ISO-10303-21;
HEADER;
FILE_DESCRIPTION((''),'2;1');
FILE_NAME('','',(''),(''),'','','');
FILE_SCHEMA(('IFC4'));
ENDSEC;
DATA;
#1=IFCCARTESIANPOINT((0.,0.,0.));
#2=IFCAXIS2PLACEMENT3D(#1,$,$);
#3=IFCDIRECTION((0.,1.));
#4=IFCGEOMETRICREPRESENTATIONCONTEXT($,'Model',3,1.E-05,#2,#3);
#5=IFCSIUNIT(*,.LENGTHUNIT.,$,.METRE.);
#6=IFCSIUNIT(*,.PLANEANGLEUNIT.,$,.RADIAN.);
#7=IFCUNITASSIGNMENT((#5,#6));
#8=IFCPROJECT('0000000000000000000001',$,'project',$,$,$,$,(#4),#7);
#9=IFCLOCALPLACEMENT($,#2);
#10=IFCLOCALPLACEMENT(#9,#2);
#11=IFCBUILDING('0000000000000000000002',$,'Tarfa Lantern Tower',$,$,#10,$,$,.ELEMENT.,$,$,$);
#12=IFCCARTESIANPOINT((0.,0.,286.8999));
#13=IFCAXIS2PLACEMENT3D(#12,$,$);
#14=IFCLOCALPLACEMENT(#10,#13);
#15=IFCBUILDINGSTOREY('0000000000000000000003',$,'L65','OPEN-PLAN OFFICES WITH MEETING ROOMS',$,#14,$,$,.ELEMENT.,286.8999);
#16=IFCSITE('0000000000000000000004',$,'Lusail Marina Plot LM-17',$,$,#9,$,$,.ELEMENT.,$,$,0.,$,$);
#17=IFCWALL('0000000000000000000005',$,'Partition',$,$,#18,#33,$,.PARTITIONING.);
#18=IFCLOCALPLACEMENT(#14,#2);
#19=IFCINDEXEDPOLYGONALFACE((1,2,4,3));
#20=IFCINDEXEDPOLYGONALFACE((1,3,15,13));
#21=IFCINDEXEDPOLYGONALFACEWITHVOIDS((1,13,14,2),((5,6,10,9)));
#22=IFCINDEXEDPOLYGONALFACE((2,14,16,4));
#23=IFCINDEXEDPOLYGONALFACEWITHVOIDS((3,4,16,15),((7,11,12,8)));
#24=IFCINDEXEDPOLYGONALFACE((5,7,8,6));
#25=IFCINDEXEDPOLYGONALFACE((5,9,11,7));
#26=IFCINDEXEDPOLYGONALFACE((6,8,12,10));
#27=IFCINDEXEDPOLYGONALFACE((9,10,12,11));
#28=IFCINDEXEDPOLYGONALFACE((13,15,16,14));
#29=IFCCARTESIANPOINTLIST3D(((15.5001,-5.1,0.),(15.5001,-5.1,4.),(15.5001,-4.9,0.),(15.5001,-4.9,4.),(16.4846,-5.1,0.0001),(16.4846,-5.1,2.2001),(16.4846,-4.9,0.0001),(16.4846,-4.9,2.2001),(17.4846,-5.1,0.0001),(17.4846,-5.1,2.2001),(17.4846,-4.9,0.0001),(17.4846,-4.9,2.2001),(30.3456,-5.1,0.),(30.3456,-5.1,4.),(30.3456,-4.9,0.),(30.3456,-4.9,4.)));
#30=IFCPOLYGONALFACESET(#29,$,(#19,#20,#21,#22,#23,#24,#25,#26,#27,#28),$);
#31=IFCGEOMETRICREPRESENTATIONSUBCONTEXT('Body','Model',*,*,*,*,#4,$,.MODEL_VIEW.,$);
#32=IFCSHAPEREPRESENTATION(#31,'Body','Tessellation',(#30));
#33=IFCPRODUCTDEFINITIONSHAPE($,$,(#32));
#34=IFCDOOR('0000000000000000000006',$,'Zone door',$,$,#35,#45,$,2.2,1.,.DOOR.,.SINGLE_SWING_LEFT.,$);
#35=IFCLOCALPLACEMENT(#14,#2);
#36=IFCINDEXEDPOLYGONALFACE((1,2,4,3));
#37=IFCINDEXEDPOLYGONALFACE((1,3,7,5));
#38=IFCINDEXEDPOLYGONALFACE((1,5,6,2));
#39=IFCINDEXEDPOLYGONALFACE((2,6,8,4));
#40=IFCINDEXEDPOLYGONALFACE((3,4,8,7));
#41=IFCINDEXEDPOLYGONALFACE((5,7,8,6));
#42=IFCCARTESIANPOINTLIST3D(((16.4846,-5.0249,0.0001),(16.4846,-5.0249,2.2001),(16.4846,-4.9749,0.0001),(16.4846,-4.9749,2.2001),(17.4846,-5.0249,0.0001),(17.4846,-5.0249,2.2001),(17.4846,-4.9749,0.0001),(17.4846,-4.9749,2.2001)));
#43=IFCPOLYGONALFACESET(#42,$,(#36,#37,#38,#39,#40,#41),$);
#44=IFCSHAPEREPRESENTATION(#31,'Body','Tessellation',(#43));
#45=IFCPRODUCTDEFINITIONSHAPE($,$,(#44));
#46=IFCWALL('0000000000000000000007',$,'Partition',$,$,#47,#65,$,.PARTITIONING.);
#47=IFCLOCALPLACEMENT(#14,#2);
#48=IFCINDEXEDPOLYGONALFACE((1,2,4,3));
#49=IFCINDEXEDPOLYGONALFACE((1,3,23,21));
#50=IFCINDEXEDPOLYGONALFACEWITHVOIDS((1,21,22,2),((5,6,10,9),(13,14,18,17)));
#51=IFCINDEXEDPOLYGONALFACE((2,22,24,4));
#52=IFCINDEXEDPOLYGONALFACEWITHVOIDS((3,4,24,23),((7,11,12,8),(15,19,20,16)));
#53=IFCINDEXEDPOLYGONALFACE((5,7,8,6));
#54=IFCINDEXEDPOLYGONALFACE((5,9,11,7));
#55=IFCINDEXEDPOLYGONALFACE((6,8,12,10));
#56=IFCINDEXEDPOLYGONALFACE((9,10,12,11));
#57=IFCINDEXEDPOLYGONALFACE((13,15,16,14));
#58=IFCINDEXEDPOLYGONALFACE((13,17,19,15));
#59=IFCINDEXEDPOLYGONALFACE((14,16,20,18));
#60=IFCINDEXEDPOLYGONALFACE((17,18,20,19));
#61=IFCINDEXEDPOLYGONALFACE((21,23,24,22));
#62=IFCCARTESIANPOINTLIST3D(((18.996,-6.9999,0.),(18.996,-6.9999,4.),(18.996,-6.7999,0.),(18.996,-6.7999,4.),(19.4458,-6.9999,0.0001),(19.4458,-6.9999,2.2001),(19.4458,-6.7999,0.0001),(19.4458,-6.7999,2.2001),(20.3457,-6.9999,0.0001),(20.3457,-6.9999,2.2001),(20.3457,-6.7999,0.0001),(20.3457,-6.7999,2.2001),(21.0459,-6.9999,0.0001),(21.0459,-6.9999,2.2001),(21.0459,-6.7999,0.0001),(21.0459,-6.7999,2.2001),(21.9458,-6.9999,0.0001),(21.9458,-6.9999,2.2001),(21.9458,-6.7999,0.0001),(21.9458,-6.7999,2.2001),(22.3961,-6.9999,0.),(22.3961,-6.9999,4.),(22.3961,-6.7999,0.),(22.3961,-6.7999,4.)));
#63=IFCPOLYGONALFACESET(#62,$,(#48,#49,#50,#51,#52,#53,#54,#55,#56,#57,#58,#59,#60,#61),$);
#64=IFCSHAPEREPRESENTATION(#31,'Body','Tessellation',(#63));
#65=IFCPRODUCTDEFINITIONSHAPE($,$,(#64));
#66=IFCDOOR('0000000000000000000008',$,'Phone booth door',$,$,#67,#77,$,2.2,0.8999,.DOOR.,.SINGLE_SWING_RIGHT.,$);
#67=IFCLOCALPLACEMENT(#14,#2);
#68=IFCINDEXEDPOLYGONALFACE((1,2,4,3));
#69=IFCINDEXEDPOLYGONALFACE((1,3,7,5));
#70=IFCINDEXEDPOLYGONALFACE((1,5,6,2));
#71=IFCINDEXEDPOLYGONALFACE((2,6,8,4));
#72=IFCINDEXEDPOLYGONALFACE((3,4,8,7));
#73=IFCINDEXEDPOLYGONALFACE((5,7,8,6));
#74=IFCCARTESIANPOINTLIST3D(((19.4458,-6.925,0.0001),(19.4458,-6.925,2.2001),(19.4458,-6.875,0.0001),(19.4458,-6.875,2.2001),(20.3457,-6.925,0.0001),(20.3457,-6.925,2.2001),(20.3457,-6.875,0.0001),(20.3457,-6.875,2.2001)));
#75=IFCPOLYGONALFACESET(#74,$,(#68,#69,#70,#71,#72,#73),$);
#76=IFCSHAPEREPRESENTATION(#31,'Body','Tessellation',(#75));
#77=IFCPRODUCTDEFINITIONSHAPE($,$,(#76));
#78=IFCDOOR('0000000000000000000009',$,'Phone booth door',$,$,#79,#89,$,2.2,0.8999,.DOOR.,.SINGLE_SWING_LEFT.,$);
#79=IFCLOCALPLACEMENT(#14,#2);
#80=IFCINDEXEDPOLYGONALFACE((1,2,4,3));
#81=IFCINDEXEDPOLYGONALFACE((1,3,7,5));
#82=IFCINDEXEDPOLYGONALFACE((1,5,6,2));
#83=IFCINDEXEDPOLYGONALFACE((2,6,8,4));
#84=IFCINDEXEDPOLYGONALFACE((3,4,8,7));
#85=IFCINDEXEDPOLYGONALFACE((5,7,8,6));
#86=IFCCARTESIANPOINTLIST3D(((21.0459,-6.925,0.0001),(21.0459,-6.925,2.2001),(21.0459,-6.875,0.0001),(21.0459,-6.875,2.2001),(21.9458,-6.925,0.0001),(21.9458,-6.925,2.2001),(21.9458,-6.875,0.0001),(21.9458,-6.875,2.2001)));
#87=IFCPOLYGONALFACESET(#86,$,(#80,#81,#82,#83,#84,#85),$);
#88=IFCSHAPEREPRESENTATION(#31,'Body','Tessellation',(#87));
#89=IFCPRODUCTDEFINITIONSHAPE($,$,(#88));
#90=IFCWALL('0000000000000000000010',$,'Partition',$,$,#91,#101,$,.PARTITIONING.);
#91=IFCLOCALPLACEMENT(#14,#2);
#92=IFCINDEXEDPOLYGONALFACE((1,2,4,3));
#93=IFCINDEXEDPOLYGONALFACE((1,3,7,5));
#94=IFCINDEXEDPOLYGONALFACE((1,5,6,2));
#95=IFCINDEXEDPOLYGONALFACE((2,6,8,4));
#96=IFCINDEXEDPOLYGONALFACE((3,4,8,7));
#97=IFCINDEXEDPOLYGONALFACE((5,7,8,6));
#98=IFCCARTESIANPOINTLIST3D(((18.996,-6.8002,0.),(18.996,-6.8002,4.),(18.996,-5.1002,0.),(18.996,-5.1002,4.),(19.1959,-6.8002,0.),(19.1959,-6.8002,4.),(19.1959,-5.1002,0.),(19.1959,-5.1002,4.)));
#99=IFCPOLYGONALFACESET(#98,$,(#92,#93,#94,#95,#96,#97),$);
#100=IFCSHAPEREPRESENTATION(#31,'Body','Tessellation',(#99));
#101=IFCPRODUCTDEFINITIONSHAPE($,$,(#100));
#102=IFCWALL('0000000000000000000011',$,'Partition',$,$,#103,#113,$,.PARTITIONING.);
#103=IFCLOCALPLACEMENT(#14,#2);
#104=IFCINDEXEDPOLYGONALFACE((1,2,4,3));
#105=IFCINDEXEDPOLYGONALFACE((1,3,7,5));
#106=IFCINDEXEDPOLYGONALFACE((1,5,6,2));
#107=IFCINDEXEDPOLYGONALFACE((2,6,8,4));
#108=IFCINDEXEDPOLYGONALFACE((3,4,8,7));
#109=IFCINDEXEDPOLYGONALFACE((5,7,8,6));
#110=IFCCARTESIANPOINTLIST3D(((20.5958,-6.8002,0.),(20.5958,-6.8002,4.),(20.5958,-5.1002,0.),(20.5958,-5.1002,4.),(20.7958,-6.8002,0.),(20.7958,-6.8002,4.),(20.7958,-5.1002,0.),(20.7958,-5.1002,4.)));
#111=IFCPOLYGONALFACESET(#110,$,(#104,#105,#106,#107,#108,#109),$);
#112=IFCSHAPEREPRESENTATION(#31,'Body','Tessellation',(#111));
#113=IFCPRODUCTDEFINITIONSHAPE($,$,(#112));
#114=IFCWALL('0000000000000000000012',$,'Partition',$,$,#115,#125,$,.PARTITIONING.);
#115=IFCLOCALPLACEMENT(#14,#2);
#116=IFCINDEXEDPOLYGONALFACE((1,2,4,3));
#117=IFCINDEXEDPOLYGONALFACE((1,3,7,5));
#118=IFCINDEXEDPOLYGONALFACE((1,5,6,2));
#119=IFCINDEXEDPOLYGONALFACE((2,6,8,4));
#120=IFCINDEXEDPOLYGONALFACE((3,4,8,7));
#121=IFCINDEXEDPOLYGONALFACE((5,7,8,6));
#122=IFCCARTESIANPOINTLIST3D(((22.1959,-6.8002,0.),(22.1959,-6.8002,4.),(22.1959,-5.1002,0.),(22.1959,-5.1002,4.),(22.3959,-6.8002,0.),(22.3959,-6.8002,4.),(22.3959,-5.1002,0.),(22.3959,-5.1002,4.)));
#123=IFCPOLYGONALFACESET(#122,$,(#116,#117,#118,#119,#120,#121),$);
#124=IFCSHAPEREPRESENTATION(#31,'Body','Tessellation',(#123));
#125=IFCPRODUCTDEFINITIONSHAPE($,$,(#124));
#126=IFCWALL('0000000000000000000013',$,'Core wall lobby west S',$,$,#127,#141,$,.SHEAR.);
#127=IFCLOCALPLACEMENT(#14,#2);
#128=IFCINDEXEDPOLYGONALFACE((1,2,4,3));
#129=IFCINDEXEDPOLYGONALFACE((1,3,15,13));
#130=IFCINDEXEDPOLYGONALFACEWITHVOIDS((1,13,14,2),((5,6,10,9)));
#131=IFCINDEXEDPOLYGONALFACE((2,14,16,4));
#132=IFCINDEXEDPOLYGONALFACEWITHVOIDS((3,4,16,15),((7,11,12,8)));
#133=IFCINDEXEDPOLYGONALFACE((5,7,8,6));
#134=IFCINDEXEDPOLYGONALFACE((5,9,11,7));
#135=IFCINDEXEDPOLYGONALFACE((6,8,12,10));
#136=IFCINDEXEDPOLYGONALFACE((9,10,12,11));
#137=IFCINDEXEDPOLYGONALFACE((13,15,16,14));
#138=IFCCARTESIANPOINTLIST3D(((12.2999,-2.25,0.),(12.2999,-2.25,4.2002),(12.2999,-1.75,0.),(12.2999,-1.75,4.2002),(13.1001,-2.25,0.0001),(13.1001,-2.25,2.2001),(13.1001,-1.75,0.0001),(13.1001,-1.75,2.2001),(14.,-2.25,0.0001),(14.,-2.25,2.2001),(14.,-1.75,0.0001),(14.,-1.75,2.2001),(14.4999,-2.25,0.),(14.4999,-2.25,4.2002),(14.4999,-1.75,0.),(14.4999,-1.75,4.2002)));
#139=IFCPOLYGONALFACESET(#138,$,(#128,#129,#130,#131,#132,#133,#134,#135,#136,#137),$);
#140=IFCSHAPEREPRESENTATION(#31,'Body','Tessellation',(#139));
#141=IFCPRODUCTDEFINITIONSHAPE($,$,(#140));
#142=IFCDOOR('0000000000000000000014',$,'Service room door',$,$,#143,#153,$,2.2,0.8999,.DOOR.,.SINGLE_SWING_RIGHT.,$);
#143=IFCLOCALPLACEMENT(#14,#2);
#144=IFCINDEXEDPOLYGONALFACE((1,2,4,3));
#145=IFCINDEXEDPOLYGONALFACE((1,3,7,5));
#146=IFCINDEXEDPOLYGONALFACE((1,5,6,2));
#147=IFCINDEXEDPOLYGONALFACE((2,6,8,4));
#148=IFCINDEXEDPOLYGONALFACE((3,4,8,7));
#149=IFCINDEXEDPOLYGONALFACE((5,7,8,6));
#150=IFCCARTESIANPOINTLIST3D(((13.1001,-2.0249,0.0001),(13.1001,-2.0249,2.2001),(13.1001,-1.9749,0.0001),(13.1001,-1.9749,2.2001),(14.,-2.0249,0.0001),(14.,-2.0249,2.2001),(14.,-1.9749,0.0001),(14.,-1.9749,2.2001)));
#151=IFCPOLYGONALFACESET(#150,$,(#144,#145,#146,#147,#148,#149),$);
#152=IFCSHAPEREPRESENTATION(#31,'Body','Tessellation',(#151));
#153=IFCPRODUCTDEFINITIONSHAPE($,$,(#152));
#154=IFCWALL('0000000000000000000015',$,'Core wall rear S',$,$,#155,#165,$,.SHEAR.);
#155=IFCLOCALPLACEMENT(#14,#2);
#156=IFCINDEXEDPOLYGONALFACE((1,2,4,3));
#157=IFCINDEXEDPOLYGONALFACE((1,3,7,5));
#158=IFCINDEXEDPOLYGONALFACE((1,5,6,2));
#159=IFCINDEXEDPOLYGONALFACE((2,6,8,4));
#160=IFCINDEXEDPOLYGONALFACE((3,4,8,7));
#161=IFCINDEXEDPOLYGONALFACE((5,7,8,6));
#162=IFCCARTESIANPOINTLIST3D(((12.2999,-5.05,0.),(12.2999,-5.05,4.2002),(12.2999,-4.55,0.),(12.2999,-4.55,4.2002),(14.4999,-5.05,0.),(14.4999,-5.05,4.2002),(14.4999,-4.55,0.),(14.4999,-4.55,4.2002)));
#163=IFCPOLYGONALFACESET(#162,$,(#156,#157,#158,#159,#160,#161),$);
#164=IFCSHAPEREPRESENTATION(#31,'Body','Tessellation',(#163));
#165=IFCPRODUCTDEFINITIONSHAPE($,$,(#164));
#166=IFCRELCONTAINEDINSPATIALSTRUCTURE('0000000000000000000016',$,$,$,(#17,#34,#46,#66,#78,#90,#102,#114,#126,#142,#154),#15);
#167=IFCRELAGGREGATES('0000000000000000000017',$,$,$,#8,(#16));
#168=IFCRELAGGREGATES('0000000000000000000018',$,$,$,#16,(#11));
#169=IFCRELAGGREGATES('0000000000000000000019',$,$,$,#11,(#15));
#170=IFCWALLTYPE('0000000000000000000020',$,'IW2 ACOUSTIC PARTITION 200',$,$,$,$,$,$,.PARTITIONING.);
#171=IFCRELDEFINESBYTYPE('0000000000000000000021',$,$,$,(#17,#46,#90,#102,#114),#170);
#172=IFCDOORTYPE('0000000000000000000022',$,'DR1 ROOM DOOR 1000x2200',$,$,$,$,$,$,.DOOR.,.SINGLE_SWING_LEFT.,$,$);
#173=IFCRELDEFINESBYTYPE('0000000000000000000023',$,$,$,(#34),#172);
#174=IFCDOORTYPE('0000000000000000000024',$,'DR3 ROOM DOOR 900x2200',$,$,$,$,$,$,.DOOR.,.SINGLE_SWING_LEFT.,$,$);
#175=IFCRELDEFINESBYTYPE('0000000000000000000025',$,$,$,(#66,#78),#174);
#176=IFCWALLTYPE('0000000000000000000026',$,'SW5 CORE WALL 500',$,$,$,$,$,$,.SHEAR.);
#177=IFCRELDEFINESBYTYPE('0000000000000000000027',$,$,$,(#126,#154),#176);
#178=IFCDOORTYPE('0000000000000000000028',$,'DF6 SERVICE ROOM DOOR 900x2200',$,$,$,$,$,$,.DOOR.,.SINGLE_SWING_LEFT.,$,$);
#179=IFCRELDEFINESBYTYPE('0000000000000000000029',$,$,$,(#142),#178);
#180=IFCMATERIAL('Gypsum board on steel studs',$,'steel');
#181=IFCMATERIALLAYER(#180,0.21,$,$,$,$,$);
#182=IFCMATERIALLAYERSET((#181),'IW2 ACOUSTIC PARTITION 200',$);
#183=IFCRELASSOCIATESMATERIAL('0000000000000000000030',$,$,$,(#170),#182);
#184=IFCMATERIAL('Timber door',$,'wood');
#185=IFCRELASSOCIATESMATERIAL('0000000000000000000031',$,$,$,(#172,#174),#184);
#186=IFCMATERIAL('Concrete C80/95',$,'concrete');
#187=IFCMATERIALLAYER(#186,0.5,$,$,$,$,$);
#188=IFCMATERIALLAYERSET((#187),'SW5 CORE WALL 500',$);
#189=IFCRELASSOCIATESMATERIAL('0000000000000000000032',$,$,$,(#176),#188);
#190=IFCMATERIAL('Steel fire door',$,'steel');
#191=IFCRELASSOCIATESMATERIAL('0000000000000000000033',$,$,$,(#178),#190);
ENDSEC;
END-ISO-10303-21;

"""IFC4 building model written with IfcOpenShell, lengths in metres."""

from ifc_helpers import new_model, si_unit, direction, frame, frame_2d, origin, place, context, subcontext, project, spatial, rectangle, extrude, material, layer, layer_set, type_object, element, fill, save


model = new_model("IFC4")

# Units and contexts
model_context = context("Model", 3, precision=1e-05, world=origin(), true_north=direction((0.0, 1.0)))
body_context = subcontext(model_context, "Body", "Model", "MODEL_VIEW")
ifc_project = project(units=[si_unit("LENGTHUNIT", "METRE"), si_unit("PLANEANGLEUNIT", "RADIAN")], contexts=[model_context])

# Site, building, storey
site_placement = place(None, origin())
site = spatial("IfcSite", under=ifc_project, at=site_placement, Name="Lusail Marina Plot LM-17", CompositionType="ELEMENT", RefElevation=0.0)
building_placement = place(site_placement, origin())
building = spatial("IfcBuilding", under=site, at=building_placement, Name="Tarfa Lantern Tower", CompositionType="ELEMENT")
storey_placement = place(building_placement, frame((0.0, 0.0, 286.8999)))
storey = spatial("IfcBuildingStorey", under=building, at=storey_placement, Name="L65", Description="OPEN-PLAN OFFICES WITH MEETING ROOMS", CompositionType="ELEMENT", Elevation=286.8999)

# Shared definitions
ifc_material_1 = material(Name="Concrete C80/95", Category="concrete")

# Wall, opening, door
ifc_material_2 = material(Name="Gypsum board on steel studs", Category="steel")
ifc_layer_1 = layer(ifc_material_2, 0.21)
ifc_layer_set_1 = layer_set([ifc_layer_1], Name="IW2 ACOUSTIC PARTITION 200")
wall_type_1 = type_object("IfcWallType", Name="IW2 ACOUSTIC PARTITION 200", PredefinedType="PARTITIONING", material=ifc_layer_set_1)
ifc_material_3 = material(Name="Timber door", Category="wood")
door_type_1 = type_object("IfcDoorType", Name="DR1 ROOM DOOR 1000x2200", OperationType="SINGLE_SWING_LEFT", PredefinedType="DOOR", material=ifc_material_3)
wall_1_placement = place(storey_placement, frame((15.5, -5.0, 0.0), z_axis=(0.0, 0.0, 1.0), x_axis=(1.0, 0.0, 0.0)))
wall_1 = element("IfcWall", 1, at=wall_1_placement, inside=storey, type_object=wall_type_1, Name="Partition", PredefinedType="PARTITIONING", context=body_context, shape_type="SweptSolid", body=[
    extrude(rectangle(XDim=14.8455, YDim=0.2, at=frame_2d((7.4229, 0.0))), origin(), (0.0, 0.0, 1.0), 4.0),
])
opening_1_placement = place(wall_1_placement, frame((0.9846, 0.0, 0.0)))
opening_1 = element("IfcOpeningElement", 2, at=opening_1_placement, cuts=wall_1, PredefinedType="OPENING", context=body_context, shape_type="SweptSolid", body=[
    extrude(rectangle(XDim=1.0, YDim=2.2, at=frame_2d((0.5, 1.1001))), frame((0.0, 0.1099, 0.0), z_axis=(0.0, -1.0, 0.0), x_axis=(1.0, 0.0, 0.0)), (0.0, 0.0, 1.0), 0.22),
])
door_1_placement = place(opening_1_placement, frame((1.0, 0.0, 0.0), z_axis=(0.0, 0.0, 1.0), x_axis=(-1.0, 0.0, 0.0)))
door_1 = element("IfcDoor", 3, at=door_1_placement, inside=storey, type_object=door_type_1, Name="Zone door", OperationType="SINGLE_SWING_LEFT", OverallHeight=2.2, OverallWidth=1.0, PredefinedType="DOOR", context=body_context, shape_type="SweptSolid", body=[
    extrude(rectangle(XDim=1.0, YDim=2.2, at=frame_2d((0.5, 1.1001))), frame((0.0, 0.0249, 0.0), z_axis=(0.0, -1.0, 0.0), x_axis=(1.0, 0.0, 0.0)), (0.0, 0.0, 1.0), 0.05),
])
fill(opening_1, door_1)

# Wall, openings, doors
wall_2_placement = place(storey_placement, frame((18.9958, -6.8999, 0.0), z_axis=(0.0, 0.0, 1.0), x_axis=(1.0, 0.0, 0.0)))
wall_2 = element("IfcWall", 4, at=wall_2_placement, inside=storey, type_object=wall_type_1, Name="Partition", PredefinedType="PARTITIONING", context=body_context, shape_type="SweptSolid", body=[
    extrude(rectangle(XDim=3.4001, YDim=0.2, at=frame_2d((1.7002, 0.0))), origin(), (0.0, 0.0, 1.0), 4.0),
])
opening_2_placement = place(wall_2_placement, frame((0.45, 0.0, 0.0)))
opening_2 = element("IfcOpeningElement", 5, at=opening_2_placement, cuts=wall_2, PredefinedType="OPENING", context=body_context, shape_type="SweptSolid", body=[
    extrude(rectangle(XDim=0.8999, YDim=2.2, at=frame_2d((0.45, 1.1001))), frame((0.0, 0.1099, 0.0), z_axis=(0.0, -1.0, 0.0), x_axis=(1.0, 0.0, 0.0)), (0.0, 0.0, 1.0), 0.22),
])
opening_3_placement = place(wall_2_placement, frame((2.05, 0.0, 0.0)))
opening_3 = element("IfcOpeningElement", 6, at=opening_3_placement, cuts=wall_2, PredefinedType="OPENING", context=body_context, shape_type="SweptSolid", body=[
    extrude(rectangle(XDim=0.8999, YDim=2.2, at=frame_2d((0.45, 1.1001))), frame((0.0, 0.1099, 0.0), z_axis=(0.0, -1.0, 0.0), x_axis=(1.0, 0.0, 0.0)), (0.0, 0.0, 1.0), 0.22),
])
door_type_2 = type_object("IfcDoorType", Name="DR3 ROOM DOOR 900x2200", OperationType="SINGLE_SWING_LEFT", PredefinedType="DOOR", material=ifc_material_3)
door_2_placement = place(opening_2_placement, origin())
door_2 = element("IfcDoor", 7, at=door_2_placement, inside=storey, type_object=door_type_2, Name="Phone booth door", OperationType="SINGLE_SWING_RIGHT", OverallHeight=2.2, OverallWidth=0.8999, PredefinedType="DOOR", context=body_context, shape_type="SweptSolid", body=[
    extrude(rectangle(XDim=0.8999, YDim=2.2, at=frame_2d((0.45, 1.1001))), frame((0.0, 0.0249, 0.0), z_axis=(0.0, -1.0, 0.0), x_axis=(1.0, 0.0, 0.0)), (0.0, 0.0, 1.0), 0.05),
])
fill(opening_2, door_2)
door_3_placement = place(opening_3_placement, origin())
door_3 = element("IfcDoor", 8, at=door_3_placement, inside=storey, type_object=door_type_2, Name="Phone booth door", OperationType="SINGLE_SWING_LEFT", OverallHeight=2.2, OverallWidth=0.8999, PredefinedType="DOOR", context=body_context, shape_type="SweptSolid", body=[
    extrude(rectangle(XDim=0.8999, YDim=2.2, at=frame_2d((0.45, 1.1001))), frame((0.0, 0.0249, 0.0), z_axis=(0.0, -1.0, 0.0), x_axis=(1.0, 0.0, 0.0)), (0.0, 0.0, 1.0), 0.05),
])
fill(opening_3, door_3)

# Walls
for number, where, z_axis, x_axis, name in (
    (9, (19.0959, -5.1001, 0.0), (0.0, 0.0, 1.0), (0.0, -1.0, 0.0), "Partition"),
    (10, (20.6958, -5.1001, 0.0), (0.0, 0.0, 1.0), (0.0, -1.0, 0.0), "Partition"),
    (11, (22.2959, -5.1001, 0.0), (0.0, 0.0, 1.0), (0.0, -1.0, 0.0), "Partition"),
):
    element("IfcWall", number, at=place(storey_placement, frame(where, z_axis=z_axis, x_axis=x_axis)), inside=storey, type_object=wall_type_1, Name=name, PredefinedType="PARTITIONING", context=body_context, shape_type="SweptSolid", body=[
        extrude(rectangle(XDim=1.7, YDim=0.2, at=frame_2d((0.8501, 0.0))), origin(), (0.0, 0.0, 1.0), 4.0),
    ])

# Wall, opening, door
ifc_material_4 = material(Name="Steel fire door", Category="steel")
ifc_layer_2 = layer(ifc_material_1, 0.5)
ifc_layer_set_2 = layer_set([ifc_layer_2], Name="SW5 CORE WALL 500")
wall_type_2 = type_object("IfcWallType", Name="SW5 CORE WALL 500", PredefinedType="SHEAR", material=ifc_layer_set_2)
wall_3_placement = place(storey_placement, frame((14.5, -2.0, 0.0), z_axis=(0.0, 0.0, 1.0), x_axis=(-1.0, 0.0, 0.0)))
wall_3 = element("IfcWall", 12, at=wall_3_placement, inside=storey, type_object=wall_type_2, Name="Core wall lobby west S", PredefinedType="SHEAR", context=body_context, shape_type="SweptSolid", body=[
    extrude(rectangle(XDim=2.2, YDim=0.5, at=frame_2d((1.1001, 0.0))), origin(), (0.0, 0.0, 1.0), 4.2002),
])
opening_4_placement = place(wall_3_placement, frame((0.5, 0.0, 0.0)))
opening_4 = element("IfcOpeningElement", 13, at=opening_4_placement, cuts=wall_3, PredefinedType="OPENING", context=body_context, shape_type="SweptSolid", body=[
    extrude(rectangle(XDim=0.8999, YDim=2.2, at=frame_2d((0.45, 1.1001))), frame((0.0, 0.26, 0.0), z_axis=(0.0, -1.0, 0.0), x_axis=(1.0, 0.0, 0.0)), (0.0, 0.0, 1.0), 0.52),
])
door_type_3 = type_object("IfcDoorType", Name="DF6 SERVICE ROOM DOOR 900x2200", OperationType="SINGLE_SWING_LEFT", PredefinedType="DOOR", material=ifc_material_4)
door_4_placement = place(opening_4_placement, origin())
door_4 = element("IfcDoor", 14, at=door_4_placement, inside=storey, type_object=door_type_3, Name="Service room door", OperationType="SINGLE_SWING_RIGHT", OverallHeight=2.2, OverallWidth=0.8999, PredefinedType="DOOR", context=body_context, shape_type="SweptSolid", body=[
    extrude(rectangle(XDim=0.8999, YDim=2.2, at=frame_2d((0.45, 1.1001))), frame((0.0, 0.0249, 0.0), z_axis=(0.0, -1.0, 0.0), x_axis=(1.0, 0.0, 0.0)), (0.0, 0.0, 1.0), 0.05),
])
fill(opening_4, door_4)

# Wall
wall_4_placement = place(storey_placement, frame((14.5, -4.8, 0.0), z_axis=(0.0, 0.0, 1.0), x_axis=(-1.0, 0.0, 0.0)))
element("IfcWall", 15, at=wall_4_placement, inside=storey, type_object=wall_type_2, Name="Core wall rear S", PredefinedType="SHEAR", context=body_context, shape_type="SweptSolid", body=[
    extrude(rectangle(XDim=2.2, YDim=0.5, at=frame_2d((1.1001, 0.0))), origin(), (0.0, 0.0, 1.0), 4.2002),
])

save(model, "model.ifc")
